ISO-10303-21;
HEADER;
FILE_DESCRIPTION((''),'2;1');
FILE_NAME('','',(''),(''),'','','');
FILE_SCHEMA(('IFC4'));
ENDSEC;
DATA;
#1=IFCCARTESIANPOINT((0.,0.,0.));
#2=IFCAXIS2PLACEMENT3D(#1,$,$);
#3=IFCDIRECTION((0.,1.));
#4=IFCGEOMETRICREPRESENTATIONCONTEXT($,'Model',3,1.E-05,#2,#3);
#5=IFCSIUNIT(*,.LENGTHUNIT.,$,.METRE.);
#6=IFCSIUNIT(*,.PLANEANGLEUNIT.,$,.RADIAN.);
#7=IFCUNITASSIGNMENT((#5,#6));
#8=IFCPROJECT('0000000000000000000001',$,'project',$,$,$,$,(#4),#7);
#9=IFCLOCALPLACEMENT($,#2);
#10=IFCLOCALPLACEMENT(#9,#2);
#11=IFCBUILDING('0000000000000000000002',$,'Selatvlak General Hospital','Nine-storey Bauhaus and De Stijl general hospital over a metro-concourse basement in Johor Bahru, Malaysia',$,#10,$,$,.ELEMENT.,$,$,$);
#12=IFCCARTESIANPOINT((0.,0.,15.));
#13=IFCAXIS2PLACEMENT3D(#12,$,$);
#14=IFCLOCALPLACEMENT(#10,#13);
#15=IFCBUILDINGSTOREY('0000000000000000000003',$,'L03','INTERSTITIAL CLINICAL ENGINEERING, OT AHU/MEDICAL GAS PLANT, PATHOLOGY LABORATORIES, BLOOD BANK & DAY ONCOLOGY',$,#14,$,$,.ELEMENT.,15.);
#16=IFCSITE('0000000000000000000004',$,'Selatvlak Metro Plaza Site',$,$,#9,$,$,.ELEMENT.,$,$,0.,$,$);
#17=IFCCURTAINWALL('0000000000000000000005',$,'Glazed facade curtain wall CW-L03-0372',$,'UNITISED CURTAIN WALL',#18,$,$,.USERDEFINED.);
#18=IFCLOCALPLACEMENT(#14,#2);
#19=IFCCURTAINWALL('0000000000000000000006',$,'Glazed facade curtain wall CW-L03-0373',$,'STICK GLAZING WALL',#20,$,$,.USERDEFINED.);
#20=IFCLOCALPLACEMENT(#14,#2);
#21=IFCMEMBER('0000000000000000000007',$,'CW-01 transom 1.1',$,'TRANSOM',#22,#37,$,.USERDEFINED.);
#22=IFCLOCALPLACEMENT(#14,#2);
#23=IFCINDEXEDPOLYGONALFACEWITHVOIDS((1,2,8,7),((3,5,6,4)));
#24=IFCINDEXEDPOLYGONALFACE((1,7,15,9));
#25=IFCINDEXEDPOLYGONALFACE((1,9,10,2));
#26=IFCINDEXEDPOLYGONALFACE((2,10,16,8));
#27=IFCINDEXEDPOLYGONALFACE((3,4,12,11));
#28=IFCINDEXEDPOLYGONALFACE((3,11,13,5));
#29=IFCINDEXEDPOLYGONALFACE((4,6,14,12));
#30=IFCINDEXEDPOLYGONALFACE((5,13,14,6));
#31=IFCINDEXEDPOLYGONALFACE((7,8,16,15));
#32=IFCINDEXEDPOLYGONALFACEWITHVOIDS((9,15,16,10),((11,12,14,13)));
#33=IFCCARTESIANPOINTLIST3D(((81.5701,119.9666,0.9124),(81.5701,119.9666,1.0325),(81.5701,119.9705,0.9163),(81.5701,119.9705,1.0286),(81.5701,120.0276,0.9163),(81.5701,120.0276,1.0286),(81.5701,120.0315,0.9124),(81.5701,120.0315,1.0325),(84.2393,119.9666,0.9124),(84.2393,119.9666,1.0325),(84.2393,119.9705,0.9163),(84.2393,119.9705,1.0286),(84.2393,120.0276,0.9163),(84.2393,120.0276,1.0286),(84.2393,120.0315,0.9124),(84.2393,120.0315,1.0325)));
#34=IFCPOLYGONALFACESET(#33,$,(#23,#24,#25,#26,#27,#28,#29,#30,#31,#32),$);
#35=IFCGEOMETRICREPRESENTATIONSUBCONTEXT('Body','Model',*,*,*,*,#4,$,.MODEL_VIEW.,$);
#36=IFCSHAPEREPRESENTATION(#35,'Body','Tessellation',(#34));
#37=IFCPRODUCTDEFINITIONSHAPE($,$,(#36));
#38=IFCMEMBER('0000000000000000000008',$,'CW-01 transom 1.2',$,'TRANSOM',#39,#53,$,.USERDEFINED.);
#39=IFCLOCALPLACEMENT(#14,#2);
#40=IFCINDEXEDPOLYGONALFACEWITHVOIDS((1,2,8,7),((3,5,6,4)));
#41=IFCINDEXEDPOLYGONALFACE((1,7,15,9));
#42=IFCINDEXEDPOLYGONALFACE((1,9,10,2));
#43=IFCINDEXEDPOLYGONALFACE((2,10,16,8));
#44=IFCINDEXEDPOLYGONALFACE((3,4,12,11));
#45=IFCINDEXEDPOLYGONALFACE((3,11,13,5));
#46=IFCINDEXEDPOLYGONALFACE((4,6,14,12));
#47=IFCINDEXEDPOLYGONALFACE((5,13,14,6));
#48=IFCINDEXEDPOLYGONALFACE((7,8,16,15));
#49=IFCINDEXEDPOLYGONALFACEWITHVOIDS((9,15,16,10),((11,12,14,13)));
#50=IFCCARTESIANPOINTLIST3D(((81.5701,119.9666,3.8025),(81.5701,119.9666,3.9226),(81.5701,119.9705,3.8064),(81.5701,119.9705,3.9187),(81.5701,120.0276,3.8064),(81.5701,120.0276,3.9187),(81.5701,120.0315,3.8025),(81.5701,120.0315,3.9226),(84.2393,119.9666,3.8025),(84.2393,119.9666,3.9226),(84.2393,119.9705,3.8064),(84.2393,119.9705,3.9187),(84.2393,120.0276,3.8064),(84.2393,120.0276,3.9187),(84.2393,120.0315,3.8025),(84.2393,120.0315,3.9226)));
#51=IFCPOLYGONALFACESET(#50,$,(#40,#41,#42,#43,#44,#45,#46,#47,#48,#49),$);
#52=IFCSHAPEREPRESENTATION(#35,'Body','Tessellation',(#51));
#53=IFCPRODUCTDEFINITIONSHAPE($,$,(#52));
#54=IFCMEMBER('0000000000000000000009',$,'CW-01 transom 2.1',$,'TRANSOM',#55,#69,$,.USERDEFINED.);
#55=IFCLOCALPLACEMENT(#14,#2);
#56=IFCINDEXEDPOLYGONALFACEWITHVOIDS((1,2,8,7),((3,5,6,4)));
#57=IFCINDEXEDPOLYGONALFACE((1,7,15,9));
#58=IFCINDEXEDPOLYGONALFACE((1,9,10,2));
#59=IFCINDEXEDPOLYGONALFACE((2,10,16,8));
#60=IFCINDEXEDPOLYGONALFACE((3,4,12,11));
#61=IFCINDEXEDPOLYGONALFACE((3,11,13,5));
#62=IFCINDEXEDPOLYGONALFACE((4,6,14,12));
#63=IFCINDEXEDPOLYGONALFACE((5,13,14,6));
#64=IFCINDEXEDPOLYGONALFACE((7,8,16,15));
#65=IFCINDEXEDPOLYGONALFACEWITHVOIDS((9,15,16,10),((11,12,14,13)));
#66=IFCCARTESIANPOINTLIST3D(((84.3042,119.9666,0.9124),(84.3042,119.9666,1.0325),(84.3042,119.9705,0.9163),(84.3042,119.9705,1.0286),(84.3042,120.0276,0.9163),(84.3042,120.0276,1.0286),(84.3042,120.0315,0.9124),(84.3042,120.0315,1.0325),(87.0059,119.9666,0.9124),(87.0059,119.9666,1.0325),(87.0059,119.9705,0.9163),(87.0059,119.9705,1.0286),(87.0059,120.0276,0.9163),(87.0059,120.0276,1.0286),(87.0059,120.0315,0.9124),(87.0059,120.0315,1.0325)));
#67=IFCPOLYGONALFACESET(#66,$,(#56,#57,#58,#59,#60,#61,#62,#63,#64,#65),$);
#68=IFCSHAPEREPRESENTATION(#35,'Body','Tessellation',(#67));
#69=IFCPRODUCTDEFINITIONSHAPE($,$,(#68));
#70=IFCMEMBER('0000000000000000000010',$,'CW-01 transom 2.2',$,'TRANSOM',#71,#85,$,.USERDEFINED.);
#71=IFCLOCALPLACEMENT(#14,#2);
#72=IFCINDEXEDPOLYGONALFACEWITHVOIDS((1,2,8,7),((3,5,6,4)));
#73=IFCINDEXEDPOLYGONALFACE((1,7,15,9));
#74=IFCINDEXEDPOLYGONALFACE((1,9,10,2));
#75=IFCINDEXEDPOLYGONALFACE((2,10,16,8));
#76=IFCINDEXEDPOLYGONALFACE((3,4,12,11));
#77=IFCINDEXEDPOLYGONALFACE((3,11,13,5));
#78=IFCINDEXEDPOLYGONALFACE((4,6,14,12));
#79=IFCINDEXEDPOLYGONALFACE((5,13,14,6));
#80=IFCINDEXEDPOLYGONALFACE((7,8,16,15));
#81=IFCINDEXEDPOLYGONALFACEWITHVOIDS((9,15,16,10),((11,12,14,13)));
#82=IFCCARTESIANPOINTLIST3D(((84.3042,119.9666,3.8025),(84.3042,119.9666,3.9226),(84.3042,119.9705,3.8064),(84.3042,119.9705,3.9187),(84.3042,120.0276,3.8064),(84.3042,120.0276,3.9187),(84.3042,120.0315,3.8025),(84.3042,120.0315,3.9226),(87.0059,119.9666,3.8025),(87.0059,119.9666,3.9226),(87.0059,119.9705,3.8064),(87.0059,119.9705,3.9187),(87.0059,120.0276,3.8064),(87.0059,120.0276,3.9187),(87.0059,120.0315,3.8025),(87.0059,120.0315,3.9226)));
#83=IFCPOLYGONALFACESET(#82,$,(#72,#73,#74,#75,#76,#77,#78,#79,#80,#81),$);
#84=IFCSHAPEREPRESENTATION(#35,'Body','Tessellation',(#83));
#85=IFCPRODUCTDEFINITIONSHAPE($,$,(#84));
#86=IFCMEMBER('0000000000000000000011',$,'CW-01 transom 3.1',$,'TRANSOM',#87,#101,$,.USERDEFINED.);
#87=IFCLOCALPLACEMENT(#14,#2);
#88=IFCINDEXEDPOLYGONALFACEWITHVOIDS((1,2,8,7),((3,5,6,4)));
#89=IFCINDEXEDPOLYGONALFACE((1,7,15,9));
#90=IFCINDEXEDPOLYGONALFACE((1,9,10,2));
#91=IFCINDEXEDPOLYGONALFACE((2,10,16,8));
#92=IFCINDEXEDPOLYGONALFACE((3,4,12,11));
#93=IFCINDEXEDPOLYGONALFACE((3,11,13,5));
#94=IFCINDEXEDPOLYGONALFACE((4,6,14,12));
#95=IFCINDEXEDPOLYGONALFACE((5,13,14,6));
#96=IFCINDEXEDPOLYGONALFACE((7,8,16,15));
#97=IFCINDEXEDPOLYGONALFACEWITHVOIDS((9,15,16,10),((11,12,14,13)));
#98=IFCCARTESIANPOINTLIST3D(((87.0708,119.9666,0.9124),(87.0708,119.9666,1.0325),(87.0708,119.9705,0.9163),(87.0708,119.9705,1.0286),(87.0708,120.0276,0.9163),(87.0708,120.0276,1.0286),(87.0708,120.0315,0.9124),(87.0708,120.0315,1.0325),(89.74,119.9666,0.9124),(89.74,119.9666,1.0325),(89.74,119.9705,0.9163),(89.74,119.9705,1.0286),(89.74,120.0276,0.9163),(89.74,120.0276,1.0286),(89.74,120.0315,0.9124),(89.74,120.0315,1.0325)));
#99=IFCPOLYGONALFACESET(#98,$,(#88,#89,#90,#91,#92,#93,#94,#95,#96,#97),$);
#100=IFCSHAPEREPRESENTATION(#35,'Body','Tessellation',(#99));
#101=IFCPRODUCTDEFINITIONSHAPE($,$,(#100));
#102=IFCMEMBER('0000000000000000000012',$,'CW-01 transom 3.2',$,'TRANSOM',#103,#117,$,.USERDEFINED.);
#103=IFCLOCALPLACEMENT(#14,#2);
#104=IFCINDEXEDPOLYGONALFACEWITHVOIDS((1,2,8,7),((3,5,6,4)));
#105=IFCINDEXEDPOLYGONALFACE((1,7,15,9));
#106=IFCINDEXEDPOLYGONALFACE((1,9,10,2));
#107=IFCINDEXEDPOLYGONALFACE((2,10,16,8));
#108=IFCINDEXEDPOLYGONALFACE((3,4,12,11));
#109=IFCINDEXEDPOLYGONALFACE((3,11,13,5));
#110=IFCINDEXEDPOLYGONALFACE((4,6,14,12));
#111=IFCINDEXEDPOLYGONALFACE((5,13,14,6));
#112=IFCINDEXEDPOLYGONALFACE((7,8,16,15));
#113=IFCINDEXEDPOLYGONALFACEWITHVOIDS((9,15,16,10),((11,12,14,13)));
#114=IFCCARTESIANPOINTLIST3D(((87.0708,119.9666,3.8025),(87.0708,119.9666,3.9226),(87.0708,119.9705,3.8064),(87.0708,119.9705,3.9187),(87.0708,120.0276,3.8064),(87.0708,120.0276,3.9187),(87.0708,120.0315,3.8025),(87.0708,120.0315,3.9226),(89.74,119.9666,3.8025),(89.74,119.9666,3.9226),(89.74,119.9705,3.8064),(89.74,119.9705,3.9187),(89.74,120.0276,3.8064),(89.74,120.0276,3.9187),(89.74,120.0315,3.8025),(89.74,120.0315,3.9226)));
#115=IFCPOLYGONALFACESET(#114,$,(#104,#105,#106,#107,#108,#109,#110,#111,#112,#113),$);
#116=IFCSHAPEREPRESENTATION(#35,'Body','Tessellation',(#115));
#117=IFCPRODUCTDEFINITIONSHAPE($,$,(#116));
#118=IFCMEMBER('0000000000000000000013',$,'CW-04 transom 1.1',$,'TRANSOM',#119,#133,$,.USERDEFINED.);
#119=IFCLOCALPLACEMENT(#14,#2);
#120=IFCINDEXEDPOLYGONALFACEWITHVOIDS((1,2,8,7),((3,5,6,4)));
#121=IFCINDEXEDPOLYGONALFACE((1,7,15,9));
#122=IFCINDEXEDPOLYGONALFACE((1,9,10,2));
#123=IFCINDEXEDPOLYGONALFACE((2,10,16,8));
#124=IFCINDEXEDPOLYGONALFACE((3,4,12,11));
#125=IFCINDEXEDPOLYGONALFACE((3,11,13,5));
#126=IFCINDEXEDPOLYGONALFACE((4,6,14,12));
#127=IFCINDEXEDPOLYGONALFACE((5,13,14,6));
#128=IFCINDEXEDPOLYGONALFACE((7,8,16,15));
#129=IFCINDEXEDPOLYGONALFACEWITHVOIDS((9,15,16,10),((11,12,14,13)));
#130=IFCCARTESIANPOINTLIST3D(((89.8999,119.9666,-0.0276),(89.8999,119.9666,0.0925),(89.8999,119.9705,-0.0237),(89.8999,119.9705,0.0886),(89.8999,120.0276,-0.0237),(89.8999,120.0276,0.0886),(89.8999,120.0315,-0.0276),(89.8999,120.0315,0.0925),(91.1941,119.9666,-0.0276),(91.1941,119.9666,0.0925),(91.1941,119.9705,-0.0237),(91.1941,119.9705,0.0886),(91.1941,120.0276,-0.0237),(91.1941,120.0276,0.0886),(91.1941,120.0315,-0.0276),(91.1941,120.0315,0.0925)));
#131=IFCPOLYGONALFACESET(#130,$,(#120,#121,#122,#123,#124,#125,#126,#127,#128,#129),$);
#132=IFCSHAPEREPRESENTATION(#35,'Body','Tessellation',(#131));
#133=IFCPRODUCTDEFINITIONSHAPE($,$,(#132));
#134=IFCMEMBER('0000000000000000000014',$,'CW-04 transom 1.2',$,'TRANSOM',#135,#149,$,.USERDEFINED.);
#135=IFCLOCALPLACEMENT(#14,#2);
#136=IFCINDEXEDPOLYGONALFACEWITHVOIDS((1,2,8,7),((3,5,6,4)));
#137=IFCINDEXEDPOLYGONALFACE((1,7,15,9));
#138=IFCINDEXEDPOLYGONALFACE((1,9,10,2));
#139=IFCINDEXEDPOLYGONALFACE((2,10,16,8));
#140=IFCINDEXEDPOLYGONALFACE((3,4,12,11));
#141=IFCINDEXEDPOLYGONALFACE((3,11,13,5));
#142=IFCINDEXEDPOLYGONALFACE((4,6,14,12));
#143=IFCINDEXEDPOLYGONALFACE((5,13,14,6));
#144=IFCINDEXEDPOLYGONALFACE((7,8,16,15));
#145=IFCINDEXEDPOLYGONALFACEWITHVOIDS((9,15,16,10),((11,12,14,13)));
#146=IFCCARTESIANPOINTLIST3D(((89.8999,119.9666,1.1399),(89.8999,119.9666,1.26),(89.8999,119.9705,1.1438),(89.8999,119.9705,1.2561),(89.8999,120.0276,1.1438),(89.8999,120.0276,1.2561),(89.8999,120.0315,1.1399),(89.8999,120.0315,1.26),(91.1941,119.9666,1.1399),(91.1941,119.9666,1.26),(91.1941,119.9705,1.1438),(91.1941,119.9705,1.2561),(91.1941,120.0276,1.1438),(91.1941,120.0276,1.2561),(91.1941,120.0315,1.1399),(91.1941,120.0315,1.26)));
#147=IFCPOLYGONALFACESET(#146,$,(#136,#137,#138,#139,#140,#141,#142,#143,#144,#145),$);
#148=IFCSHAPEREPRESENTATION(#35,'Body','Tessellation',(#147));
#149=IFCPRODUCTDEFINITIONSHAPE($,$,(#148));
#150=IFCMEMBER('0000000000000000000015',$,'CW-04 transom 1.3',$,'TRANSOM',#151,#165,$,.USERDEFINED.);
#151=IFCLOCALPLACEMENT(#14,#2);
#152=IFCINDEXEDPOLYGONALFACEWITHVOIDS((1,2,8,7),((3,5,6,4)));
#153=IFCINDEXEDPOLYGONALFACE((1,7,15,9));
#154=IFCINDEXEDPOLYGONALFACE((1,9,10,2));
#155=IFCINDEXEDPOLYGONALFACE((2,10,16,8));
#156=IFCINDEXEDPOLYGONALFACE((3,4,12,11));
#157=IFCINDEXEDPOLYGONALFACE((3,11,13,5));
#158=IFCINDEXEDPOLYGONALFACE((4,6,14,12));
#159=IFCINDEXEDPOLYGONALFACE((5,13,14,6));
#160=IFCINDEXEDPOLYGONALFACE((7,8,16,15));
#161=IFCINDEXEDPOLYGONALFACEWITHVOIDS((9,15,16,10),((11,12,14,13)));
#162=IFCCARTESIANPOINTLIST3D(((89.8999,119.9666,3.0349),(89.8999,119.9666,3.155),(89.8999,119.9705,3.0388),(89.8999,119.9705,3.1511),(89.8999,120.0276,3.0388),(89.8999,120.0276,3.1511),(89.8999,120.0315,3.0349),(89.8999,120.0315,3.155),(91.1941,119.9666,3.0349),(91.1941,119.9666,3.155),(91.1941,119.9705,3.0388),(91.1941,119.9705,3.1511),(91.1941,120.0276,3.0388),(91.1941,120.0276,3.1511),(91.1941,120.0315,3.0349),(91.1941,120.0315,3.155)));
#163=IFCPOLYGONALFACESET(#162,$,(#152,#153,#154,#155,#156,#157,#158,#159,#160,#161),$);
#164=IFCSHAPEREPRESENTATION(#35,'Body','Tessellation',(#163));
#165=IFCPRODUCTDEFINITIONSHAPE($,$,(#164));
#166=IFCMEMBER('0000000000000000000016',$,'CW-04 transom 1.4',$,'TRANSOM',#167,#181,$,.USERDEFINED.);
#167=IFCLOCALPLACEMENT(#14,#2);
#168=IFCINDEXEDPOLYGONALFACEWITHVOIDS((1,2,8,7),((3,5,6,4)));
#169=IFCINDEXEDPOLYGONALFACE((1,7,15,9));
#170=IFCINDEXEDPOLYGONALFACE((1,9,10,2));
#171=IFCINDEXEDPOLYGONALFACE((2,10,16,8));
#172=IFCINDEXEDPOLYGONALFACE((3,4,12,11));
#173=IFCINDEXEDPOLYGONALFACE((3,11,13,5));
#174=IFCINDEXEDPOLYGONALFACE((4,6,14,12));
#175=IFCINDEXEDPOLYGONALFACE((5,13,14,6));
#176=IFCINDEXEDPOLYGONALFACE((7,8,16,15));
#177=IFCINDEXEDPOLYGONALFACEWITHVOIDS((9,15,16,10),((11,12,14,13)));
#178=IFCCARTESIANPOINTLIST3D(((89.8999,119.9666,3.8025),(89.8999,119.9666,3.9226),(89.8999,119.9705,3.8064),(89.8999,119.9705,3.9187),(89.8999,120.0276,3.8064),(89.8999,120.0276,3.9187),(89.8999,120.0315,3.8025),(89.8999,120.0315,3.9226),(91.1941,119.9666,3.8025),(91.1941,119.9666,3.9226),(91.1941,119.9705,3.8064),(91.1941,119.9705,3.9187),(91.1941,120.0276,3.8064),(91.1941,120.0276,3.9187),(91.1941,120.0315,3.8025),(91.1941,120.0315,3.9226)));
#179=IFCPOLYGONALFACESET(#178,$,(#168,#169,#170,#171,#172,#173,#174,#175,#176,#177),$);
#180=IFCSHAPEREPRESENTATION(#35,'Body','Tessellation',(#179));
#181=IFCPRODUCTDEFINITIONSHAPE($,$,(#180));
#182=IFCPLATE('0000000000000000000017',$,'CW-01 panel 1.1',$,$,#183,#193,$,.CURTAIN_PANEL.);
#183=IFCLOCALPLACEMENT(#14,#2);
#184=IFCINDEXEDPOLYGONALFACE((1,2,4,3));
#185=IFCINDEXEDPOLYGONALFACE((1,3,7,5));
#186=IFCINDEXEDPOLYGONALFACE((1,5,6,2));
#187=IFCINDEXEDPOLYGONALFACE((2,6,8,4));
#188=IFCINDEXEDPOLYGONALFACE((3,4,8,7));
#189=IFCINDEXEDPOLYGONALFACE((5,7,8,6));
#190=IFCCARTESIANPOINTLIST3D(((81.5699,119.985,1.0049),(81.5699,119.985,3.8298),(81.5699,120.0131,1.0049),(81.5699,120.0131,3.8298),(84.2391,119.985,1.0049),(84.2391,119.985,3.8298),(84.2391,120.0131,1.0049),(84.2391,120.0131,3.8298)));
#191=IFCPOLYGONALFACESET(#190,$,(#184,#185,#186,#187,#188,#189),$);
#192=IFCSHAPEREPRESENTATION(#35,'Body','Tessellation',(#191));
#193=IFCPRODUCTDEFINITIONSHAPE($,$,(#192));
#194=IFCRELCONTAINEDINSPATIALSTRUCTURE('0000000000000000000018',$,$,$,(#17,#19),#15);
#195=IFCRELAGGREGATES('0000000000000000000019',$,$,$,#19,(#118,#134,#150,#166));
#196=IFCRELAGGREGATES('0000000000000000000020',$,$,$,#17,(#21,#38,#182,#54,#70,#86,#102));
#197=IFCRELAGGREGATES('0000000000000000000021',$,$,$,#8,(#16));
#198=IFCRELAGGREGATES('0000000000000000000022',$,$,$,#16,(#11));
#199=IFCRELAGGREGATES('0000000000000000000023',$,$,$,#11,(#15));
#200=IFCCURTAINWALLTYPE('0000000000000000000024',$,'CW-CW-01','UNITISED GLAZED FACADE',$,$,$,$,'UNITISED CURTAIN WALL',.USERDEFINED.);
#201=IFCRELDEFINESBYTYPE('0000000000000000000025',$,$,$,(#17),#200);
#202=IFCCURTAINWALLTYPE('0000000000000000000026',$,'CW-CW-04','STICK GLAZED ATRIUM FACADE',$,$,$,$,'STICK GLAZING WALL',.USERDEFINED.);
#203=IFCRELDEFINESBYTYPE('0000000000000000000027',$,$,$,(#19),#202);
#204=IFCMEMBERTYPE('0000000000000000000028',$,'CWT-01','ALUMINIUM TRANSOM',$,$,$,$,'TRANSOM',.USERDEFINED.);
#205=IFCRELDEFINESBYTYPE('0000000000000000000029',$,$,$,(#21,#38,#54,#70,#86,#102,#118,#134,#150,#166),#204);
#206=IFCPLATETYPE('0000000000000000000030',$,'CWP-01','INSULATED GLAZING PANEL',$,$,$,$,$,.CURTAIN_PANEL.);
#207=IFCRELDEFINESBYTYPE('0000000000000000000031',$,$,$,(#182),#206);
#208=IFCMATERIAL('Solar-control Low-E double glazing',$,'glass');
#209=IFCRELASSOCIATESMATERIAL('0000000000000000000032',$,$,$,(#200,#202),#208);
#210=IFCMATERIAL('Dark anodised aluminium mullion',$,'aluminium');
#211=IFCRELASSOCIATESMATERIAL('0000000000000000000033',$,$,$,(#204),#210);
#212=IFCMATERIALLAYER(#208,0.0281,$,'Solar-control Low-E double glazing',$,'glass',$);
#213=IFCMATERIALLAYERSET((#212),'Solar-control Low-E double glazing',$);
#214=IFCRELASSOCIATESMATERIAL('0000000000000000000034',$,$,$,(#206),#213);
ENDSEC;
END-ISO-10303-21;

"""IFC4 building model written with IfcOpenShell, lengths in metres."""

from ifc_helpers import new_model, si_unit, direction, frame, origin, origin_2d, place, context, subcontext, project, spatial, rectangle, hollow_rectangle, extrude, material, layer, layer_set, material_profile, profile_set, type_object, element, aggregate, save


model = new_model("IFC4")

# Units and contexts
model_context = context("Model", 3, precision=1e-05, world=origin(), true_north=direction((0.0, 1.0)))
body_context = subcontext(model_context, "Body", "Model", "MODEL_VIEW")
ifc_project = project(units=[si_unit("LENGTHUNIT", "METRE"), si_unit("PLANEANGLEUNIT", "RADIAN")], contexts=[model_context])

# Site, building, storey
site_placement = place(None, origin())
site = spatial("IfcSite", under=ifc_project, at=site_placement, Name="Selatvlak Metro Plaza Site", CompositionType="ELEMENT", RefElevation=0.0)
building_placement = place(site_placement, origin())
building = spatial("IfcBuilding", under=site, at=building_placement, Name="Selatvlak General Hospital", Description="Nine-storey Bauhaus and De Stijl general hospital over a metro-concourse basement in Johor Bahru, Malaysia", CompositionType="ELEMENT")
storey_placement = place(building_placement, frame((0.0, 0.0, 15.0)))
storey = spatial("IfcBuildingStorey", under=building, at=storey_placement, Name="L03", Description="INTERSTITIAL CLINICAL ENGINEERING, OT AHU/MEDICAL GAS PLANT, PATHOLOGY LABORATORIES, BLOOD BANK & DAY ONCOLOGY", CompositionType="ELEMENT", Elevation=15.0)

# Curtain wall
ifc_material_1 = material(Name="Solar-control Low-E double glazing", Category="glass")
curtain_wall_type_1 = type_object("IfcCurtainWallType", Name="CW-CW-01", Description="UNITISED GLAZED FACADE", ElementType="UNITISED CURTAIN WALL", PredefinedType="USERDEFINED", material=ifc_material_1)
curtain_wall_1_placement = place(storey_placement, origin())
curtain_wall_1 = element("IfcCurtainWall", 1, at=curtain_wall_1_placement, inside=storey, type_object=curtain_wall_type_1, Name="Glazed facade curtain wall CW-L03-0372", ObjectType="UNITISED CURTAIN WALL", PredefinedType="USERDEFINED")
ifc_material_2 = material(Name="Dark anodised aluminium mullion", Category="aluminium")

# Curtain wall
curtain_wall_type_2 = type_object("IfcCurtainWallType", Name="CW-CW-04", Description="STICK GLAZED ATRIUM FACADE", ElementType="STICK GLAZING WALL", PredefinedType="USERDEFINED", material=ifc_material_1)
curtain_wall_2_placement = place(storey_placement, origin())
curtain_wall_2 = element("IfcCurtainWall", 2, at=curtain_wall_2_placement, inside=storey, type_object=curtain_wall_type_2, Name="Glazed facade curtain wall CW-L03-0373", ObjectType="STICK GLAZING WALL", PredefinedType="USERDEFINED")

# Members
ifc_material_profile_1 = material_profile(ifc_material_2, hollow_rectangle(XDim=0.0649, YDim=0.1201, WallThickness=0.0039, at=origin_2d()), Name="AL-TRN 65x120x4")
ifc_profile_set_1 = profile_set([ifc_material_profile_1], Name="Dark anodised aluminium mullion")
member_type_1 = type_object("IfcMemberType", Name="CWT-01", Description="ALUMINIUM TRANSOM", ElementType="TRANSOM", PredefinedType="USERDEFINED", material=ifc_profile_set_1)
member_1_placement = place(storey_placement, frame((81.5701, 119.999, 0.9724), z_axis=(1.0, 0.0, 0.0), x_axis=(0.0, 1.0, 0.0)))
member_1 = element("IfcMember", 3, at=member_1_placement, type_object=member_type_1, Name="CW-01 transom 1.1", ObjectType="TRANSOM", PredefinedType="USERDEFINED", context=body_context, shape_type="SweptSolid", body=[
    extrude(hollow_rectangle(XDim=0.0649, YDim=0.1201, WallThickness=0.0039, at=origin_2d()), origin(), (0.0, 0.0, 1.0), 2.6692),
])
member_2_placement = place(storey_placement, frame((81.5701, 119.999, 3.8625), z_axis=(1.0, 0.0, 0.0), x_axis=(0.0, 1.0, 0.0)))
member_2 = element("IfcMember", 4, at=member_2_placement, type_object=member_type_1, Name="CW-01 transom 1.2", ObjectType="TRANSOM", PredefinedType="USERDEFINED", context=body_context, shape_type="SweptSolid", body=[
    extrude(hollow_rectangle(XDim=0.0649, YDim=0.1201, WallThickness=0.0039, at=origin_2d()), origin(), (0.0, 0.0, 1.0), 2.6692),
])
member_3_placement = place(storey_placement, frame((84.3042, 119.999, 0.9724), z_axis=(1.0, 0.0, 0.0), x_axis=(0.0, 1.0, 0.0)))
member_3 = element("IfcMember", 5, at=member_3_placement, type_object=member_type_1, Name="CW-01 transom 2.1", ObjectType="TRANSOM", PredefinedType="USERDEFINED", context=body_context, shape_type="SweptSolid", body=[
    extrude(hollow_rectangle(XDim=0.0649, YDim=0.1201, WallThickness=0.0039, at=origin_2d()), origin(), (0.0, 0.0, 1.0), 2.7017),
])
member_4_placement = place(storey_placement, frame((84.3042, 119.999, 3.8625), z_axis=(1.0, 0.0, 0.0), x_axis=(0.0, 1.0, 0.0)))
member_4 = element("IfcMember", 6, at=member_4_placement, type_object=member_type_1, Name="CW-01 transom 2.2", ObjectType="TRANSOM", PredefinedType="USERDEFINED", context=body_context, shape_type="SweptSolid", body=[
    extrude(hollow_rectangle(XDim=0.0649, YDim=0.1201, WallThickness=0.0039, at=origin_2d()), origin(), (0.0, 0.0, 1.0), 2.7017),
])
member_5_placement = place(storey_placement, frame((87.0708, 119.999, 0.9724), z_axis=(1.0, 0.0, 0.0), x_axis=(0.0, 1.0, 0.0)))
member_5 = element("IfcMember", 7, at=member_5_placement, type_object=member_type_1, Name="CW-01 transom 3.1", ObjectType="TRANSOM", PredefinedType="USERDEFINED", context=body_context, shape_type="SweptSolid", body=[
    extrude(hollow_rectangle(XDim=0.0649, YDim=0.1201, WallThickness=0.0039, at=origin_2d()), origin(), (0.0, 0.0, 1.0), 2.6692),
])
member_6_placement = place(storey_placement, frame((87.0708, 119.999, 3.8625), z_axis=(1.0, 0.0, 0.0), x_axis=(0.0, 1.0, 0.0)))
member_6 = element("IfcMember", 8, at=member_6_placement, type_object=member_type_1, Name="CW-01 transom 3.2", ObjectType="TRANSOM", PredefinedType="USERDEFINED", context=body_context, shape_type="SweptSolid", body=[
    extrude(hollow_rectangle(XDim=0.0649, YDim=0.1201, WallThickness=0.0039, at=origin_2d()), origin(), (0.0, 0.0, 1.0), 2.6692),
])
member_7_placement = place(storey_placement, frame((89.8999, 119.999, 0.0325), z_axis=(1.0, 0.0, 0.0), x_axis=(0.0, 1.0, 0.0)))
member_7 = element("IfcMember", 9, at=member_7_placement, type_object=member_type_1, Name="CW-04 transom 1.1", ObjectType="TRANSOM", PredefinedType="USERDEFINED", context=body_context, shape_type="SweptSolid", body=[
    extrude(hollow_rectangle(XDim=0.0649, YDim=0.1201, WallThickness=0.0039, at=origin_2d()), origin(), (0.0, 0.0, 1.0), 1.2942),
])
member_8_placement = place(storey_placement, frame((89.8999, 119.999, 1.2), z_axis=(1.0, 0.0, 0.0), x_axis=(0.0, 1.0, 0.0)))
member_8 = element("IfcMember", 10, at=member_8_placement, type_object=member_type_1, Name="CW-04 transom 1.2", ObjectType="TRANSOM", PredefinedType="USERDEFINED", context=body_context, shape_type="SweptSolid", body=[
    extrude(hollow_rectangle(XDim=0.0649, YDim=0.1201, WallThickness=0.0039, at=origin_2d()), origin(), (0.0, 0.0, 1.0), 1.2942),
])
member_9_placement = place(storey_placement, frame((89.8999, 119.999, 3.095), z_axis=(1.0, 0.0, 0.0), x_axis=(0.0, 1.0, 0.0)))
member_9 = element("IfcMember", 11, at=member_9_placement, type_object=member_type_1, Name="CW-04 transom 1.3", ObjectType="TRANSOM", PredefinedType="USERDEFINED", context=body_context, shape_type="SweptSolid", body=[
    extrude(hollow_rectangle(XDim=0.0649, YDim=0.1201, WallThickness=0.0039, at=origin_2d()), origin(), (0.0, 0.0, 1.0), 1.2942),
])
member_10_placement = place(storey_placement, frame((89.8999, 119.999, 3.8625), z_axis=(1.0, 0.0, 0.0), x_axis=(0.0, 1.0, 0.0)))
member_10 = element("IfcMember", 12, at=member_10_placement, type_object=member_type_1, Name="CW-04 transom 1.4", ObjectType="TRANSOM", PredefinedType="USERDEFINED", context=body_context, shape_type="SweptSolid", body=[
    extrude(hollow_rectangle(XDim=0.0649, YDim=0.1201, WallThickness=0.0039, at=origin_2d()), origin(), (0.0, 0.0, 1.0), 1.2942),
])
aggregate(curtain_wall_2, [member_7, member_8, member_9, member_10])

# Plate
ifc_layer_1 = layer(ifc_material_1, 0.0281, Name="Solar-control Low-E double glazing", Category="glass")
ifc_layer_set_1 = layer_set([ifc_layer_1], Name="Solar-control Low-E double glazing")
plate_type = type_object("IfcPlateType", Name="CWP-01", Description="INSULATED GLAZING PANEL", PredefinedType="CURTAIN_PANEL", material=ifc_layer_set_1)
plate_1_placement = place(storey_placement, frame((82.9045, 119.999, 1.0049), z_axis=(0.0, 0.0, 1.0), x_axis=(1.0, 0.0, 0.0)))
plate_1 = element("IfcPlate", 13, at=plate_1_placement, type_object=plate_type, Name="CW-01 panel 1.1", PredefinedType="CURTAIN_PANEL", context=body_context, shape_type="SweptSolid", body=[
    extrude(rectangle(XDim=2.6692, YDim=0.0281, at=origin_2d()), origin(), (0.0, 0.0, 1.0), 2.825),
])
aggregate(curtain_wall_1, [member_1, member_2, plate_1, member_3, member_4, member_5, member_6])

save(model, "model.ifc")
